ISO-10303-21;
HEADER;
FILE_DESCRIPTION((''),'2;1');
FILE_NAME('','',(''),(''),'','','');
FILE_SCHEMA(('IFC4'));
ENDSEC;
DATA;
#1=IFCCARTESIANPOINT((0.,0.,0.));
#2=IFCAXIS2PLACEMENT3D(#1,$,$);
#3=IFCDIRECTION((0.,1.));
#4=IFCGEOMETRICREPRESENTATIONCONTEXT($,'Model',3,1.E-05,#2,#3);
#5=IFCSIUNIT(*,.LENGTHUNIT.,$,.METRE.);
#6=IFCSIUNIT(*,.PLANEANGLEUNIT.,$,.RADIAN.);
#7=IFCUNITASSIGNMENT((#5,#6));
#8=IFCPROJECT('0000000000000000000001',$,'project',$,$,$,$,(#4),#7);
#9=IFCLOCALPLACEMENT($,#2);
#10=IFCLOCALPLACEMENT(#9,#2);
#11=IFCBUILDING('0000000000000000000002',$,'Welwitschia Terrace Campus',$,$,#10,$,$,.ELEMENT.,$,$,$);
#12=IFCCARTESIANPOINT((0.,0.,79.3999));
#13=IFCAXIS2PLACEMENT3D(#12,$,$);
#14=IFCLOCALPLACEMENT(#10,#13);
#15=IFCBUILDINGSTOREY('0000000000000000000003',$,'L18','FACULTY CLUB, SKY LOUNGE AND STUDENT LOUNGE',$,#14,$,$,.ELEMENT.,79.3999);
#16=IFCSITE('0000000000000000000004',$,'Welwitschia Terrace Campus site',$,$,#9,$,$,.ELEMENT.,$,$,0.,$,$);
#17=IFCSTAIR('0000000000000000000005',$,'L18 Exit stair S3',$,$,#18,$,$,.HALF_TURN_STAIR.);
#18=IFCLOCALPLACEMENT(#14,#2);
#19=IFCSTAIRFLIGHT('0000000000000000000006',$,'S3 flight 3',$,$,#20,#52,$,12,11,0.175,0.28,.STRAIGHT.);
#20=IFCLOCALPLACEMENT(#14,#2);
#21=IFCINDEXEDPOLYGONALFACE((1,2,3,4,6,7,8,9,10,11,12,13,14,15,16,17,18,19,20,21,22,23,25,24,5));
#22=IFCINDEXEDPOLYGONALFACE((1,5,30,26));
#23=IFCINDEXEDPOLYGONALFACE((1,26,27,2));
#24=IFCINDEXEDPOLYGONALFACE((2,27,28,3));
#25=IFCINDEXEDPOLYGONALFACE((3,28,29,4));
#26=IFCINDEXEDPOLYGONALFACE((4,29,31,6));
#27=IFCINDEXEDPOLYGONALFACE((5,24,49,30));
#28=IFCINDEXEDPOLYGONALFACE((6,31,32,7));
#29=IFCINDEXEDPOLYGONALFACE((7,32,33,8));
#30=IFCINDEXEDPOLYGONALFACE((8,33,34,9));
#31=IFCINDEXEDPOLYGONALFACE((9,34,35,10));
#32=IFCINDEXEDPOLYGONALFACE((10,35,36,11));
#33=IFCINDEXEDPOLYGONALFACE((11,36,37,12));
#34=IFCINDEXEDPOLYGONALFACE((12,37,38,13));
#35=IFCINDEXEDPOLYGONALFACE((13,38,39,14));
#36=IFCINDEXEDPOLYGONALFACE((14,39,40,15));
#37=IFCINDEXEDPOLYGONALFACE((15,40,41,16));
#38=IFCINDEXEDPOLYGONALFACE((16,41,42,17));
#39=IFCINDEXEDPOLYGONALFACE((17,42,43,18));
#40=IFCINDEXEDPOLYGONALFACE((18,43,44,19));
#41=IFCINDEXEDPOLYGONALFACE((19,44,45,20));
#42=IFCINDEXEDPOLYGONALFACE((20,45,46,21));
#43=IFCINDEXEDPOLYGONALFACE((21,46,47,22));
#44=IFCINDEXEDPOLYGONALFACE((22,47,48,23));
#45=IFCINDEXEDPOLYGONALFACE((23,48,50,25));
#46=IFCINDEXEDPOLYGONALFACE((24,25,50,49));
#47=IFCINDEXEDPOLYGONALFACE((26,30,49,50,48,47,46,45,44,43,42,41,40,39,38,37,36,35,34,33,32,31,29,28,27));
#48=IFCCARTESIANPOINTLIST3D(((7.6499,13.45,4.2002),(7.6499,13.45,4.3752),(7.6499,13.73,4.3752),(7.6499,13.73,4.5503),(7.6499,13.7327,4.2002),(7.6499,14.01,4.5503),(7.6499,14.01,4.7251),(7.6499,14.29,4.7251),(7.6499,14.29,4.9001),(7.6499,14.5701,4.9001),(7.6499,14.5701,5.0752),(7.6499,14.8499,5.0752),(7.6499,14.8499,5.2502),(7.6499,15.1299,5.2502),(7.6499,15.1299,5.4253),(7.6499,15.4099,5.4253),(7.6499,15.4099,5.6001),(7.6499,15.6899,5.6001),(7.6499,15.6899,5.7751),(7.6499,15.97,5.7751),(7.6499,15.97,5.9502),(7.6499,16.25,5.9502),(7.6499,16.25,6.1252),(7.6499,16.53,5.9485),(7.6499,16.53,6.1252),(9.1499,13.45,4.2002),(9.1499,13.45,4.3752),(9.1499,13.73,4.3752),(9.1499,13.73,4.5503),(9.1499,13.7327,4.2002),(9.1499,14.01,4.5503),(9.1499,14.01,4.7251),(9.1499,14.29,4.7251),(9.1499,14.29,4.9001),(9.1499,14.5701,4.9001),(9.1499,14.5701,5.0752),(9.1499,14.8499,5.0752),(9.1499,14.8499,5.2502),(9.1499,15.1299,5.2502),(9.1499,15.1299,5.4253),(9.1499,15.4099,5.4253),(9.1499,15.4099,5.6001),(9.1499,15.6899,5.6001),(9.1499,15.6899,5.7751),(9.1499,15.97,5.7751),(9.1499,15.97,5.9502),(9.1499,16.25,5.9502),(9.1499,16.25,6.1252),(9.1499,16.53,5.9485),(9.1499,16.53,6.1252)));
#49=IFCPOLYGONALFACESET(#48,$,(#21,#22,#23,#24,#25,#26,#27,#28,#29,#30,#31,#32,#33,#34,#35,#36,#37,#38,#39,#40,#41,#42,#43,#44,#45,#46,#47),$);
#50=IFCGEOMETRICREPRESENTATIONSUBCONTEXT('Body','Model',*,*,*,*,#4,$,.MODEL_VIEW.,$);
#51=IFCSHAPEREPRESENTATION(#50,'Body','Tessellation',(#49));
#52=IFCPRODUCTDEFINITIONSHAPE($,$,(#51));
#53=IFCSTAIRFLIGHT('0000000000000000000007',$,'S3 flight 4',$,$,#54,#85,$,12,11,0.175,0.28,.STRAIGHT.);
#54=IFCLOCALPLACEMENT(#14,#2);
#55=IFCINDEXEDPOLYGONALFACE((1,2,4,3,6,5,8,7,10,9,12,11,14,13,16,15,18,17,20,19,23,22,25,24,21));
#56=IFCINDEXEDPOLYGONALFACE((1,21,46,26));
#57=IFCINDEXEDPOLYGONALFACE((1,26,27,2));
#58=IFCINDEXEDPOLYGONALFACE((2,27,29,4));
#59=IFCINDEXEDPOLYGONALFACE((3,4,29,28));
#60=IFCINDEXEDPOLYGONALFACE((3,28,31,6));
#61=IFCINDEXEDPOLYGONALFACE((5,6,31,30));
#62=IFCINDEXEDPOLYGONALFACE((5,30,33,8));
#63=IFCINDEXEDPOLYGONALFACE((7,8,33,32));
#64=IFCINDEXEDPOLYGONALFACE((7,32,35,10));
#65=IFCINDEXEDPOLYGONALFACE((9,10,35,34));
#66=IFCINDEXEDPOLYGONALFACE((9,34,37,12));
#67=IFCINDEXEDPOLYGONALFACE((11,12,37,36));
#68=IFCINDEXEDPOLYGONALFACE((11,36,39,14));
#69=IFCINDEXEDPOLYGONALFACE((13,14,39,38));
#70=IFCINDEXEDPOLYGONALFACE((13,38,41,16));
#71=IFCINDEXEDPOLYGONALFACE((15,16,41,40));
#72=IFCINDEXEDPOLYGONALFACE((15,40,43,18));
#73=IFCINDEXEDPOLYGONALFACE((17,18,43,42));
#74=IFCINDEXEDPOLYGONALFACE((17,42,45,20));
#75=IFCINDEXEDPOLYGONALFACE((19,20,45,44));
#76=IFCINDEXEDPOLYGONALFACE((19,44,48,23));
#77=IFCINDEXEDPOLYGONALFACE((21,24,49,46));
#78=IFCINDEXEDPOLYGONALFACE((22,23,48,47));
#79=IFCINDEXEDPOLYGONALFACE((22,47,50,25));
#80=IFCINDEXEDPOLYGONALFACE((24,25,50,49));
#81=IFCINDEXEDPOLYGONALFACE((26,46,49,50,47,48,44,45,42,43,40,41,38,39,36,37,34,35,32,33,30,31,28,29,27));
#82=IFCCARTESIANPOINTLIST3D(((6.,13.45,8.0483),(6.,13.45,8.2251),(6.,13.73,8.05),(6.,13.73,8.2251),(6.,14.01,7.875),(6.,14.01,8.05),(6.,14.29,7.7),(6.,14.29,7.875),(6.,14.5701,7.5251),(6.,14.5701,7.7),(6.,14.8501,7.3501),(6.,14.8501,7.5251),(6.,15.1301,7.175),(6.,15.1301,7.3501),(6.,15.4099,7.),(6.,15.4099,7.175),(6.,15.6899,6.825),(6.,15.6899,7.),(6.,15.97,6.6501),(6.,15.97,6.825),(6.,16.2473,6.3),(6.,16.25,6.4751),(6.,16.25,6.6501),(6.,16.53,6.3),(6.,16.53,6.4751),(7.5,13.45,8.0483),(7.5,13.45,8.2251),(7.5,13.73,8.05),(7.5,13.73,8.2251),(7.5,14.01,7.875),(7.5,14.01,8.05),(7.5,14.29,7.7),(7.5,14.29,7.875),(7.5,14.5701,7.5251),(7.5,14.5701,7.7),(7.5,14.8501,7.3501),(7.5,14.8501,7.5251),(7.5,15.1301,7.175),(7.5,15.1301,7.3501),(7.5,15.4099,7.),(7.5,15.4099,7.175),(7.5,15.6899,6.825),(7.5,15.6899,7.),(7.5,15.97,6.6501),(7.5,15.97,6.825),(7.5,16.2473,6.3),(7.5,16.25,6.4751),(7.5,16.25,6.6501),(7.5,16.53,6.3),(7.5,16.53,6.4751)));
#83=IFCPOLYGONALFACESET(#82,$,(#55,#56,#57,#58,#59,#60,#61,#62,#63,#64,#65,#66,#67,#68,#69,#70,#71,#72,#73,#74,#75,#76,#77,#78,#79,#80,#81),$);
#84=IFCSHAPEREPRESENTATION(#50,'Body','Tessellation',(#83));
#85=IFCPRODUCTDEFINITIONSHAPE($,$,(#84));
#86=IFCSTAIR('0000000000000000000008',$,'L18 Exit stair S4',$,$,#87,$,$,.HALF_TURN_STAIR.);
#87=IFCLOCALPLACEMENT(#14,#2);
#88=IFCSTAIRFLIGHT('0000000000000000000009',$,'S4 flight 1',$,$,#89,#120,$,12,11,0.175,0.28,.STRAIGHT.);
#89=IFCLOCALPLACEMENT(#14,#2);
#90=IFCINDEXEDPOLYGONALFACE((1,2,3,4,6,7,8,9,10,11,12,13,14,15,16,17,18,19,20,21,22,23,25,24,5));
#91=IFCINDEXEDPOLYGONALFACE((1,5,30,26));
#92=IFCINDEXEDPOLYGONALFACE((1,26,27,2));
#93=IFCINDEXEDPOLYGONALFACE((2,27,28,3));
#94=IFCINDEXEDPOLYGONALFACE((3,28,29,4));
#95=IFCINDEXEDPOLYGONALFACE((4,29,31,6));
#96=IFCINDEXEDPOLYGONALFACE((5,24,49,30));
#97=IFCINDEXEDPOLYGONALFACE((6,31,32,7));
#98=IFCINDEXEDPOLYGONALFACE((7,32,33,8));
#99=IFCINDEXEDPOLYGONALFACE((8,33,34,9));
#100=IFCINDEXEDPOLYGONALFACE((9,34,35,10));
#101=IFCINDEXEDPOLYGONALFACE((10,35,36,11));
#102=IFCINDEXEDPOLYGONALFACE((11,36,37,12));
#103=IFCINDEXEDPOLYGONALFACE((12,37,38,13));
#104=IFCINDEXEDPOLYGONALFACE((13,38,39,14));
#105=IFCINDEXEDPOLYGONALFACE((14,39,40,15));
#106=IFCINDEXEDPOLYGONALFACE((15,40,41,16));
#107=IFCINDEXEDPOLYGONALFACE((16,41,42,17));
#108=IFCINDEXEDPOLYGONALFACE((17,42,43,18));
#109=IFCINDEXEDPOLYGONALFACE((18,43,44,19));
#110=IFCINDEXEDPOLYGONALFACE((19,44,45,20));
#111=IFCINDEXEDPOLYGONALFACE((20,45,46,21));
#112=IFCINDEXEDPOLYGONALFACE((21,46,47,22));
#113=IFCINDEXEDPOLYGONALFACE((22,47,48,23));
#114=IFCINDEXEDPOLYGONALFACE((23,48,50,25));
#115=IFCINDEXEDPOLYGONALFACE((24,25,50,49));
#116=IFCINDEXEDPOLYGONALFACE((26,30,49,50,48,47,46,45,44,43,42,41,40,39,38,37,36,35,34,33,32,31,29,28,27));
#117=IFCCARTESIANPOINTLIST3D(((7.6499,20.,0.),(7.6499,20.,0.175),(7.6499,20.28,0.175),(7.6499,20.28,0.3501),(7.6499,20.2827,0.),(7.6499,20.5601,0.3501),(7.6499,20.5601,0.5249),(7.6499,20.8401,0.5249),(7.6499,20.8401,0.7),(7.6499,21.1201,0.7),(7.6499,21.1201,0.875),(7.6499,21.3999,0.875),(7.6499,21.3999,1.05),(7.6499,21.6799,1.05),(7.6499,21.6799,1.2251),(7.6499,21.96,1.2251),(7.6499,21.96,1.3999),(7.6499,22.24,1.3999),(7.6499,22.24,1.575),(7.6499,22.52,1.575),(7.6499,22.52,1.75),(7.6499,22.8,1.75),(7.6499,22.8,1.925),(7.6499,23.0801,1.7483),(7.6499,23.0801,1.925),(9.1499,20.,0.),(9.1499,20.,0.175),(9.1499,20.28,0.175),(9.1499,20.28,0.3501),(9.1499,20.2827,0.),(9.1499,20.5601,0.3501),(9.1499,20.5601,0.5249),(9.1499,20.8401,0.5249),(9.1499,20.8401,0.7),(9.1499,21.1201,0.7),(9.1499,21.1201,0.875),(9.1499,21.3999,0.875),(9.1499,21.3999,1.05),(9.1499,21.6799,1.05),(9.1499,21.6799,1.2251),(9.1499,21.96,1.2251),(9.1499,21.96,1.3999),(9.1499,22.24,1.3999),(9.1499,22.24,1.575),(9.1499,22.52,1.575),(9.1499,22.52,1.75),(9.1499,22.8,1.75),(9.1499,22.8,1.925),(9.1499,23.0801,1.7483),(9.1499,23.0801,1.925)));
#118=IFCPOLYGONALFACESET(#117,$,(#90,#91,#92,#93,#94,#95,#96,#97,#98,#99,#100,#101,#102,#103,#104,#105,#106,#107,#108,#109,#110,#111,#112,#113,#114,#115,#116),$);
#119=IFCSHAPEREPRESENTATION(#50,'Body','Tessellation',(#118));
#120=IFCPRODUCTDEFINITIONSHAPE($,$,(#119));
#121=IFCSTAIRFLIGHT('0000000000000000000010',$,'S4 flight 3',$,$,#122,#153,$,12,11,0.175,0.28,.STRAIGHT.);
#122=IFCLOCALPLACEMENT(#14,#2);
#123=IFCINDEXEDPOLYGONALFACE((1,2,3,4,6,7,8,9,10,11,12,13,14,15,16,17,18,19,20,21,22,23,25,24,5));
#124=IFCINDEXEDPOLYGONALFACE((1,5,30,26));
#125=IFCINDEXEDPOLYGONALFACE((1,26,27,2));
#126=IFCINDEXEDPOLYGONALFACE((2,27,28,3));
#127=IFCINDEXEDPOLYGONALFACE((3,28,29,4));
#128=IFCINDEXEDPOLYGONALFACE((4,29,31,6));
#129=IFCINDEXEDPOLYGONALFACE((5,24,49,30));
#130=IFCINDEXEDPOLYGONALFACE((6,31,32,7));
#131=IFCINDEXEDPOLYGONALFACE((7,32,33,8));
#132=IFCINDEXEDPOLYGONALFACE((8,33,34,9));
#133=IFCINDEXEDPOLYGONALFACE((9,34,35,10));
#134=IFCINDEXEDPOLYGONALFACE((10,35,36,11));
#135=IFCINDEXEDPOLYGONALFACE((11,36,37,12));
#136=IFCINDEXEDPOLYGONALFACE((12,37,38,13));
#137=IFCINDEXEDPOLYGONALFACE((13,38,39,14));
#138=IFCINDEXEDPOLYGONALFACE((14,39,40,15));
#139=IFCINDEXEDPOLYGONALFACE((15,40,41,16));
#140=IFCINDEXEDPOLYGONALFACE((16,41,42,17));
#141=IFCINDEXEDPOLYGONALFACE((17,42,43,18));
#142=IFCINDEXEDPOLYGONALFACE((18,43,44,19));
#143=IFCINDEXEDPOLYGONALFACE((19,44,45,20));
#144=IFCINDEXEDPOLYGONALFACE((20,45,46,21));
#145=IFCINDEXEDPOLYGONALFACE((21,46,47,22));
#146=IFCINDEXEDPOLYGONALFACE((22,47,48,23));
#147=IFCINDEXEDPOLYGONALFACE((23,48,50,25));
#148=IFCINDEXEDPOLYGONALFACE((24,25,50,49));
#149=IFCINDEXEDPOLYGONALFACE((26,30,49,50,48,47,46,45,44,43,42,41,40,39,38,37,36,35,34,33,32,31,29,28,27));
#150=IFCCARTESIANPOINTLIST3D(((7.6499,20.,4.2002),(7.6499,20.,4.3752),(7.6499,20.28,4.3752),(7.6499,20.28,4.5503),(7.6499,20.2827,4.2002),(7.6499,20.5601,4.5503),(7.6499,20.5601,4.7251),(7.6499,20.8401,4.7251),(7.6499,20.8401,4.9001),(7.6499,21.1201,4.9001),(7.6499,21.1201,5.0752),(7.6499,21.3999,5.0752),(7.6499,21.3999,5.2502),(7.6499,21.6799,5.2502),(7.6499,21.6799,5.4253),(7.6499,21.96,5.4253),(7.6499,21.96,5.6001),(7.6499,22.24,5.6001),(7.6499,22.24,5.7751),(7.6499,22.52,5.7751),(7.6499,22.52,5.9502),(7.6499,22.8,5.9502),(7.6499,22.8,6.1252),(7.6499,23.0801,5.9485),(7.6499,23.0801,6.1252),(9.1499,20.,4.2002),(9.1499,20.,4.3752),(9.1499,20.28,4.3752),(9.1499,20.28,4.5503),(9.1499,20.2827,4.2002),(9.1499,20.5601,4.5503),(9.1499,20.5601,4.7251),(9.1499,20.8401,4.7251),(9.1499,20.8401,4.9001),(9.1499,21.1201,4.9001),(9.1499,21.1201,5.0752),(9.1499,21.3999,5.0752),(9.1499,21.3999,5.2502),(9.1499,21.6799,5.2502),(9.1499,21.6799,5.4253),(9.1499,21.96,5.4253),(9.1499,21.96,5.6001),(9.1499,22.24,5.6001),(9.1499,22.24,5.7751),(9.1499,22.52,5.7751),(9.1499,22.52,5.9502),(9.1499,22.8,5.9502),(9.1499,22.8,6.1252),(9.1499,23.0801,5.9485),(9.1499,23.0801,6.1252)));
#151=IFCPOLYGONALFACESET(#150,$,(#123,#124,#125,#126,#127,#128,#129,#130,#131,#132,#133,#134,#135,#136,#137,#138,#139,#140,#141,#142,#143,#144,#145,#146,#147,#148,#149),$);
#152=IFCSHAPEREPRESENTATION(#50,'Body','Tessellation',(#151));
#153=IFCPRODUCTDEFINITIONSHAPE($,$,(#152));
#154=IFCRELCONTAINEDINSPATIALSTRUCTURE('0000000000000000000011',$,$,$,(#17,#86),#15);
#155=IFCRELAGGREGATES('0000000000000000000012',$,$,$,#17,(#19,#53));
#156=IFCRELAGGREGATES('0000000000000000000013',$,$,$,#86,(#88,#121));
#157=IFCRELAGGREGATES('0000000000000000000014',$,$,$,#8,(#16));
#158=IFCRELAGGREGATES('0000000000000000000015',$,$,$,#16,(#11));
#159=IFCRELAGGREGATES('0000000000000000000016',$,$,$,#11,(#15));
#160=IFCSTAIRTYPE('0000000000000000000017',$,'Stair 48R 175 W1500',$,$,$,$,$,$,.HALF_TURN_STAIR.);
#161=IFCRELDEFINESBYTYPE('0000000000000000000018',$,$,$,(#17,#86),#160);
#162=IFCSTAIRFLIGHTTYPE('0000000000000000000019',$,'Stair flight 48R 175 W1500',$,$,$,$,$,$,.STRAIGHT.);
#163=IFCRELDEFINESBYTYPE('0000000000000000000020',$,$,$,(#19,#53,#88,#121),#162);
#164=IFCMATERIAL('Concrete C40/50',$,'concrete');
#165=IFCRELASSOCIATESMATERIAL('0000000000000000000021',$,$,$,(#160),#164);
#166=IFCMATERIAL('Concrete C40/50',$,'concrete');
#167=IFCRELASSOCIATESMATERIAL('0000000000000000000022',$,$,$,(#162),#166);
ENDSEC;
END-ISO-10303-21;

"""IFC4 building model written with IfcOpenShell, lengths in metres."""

from ifc_helpers import new_model, si_unit, direction, frame, origin, place, context, subcontext, project, spatial, polyline, outline, extrude, material, type_object, element, aggregate, save


model = new_model("IFC4")

# Units and contexts
model_context = context("Model", 3, precision=1e-05, world=origin(), true_north=direction((0.0, 1.0)))
body_context = subcontext(model_context, "Body", "Model", "MODEL_VIEW")
ifc_project = project(units=[si_unit("LENGTHUNIT", "METRE"), si_unit("PLANEANGLEUNIT", "RADIAN")], contexts=[model_context])

# Site, building, storey
site_placement = place(None, origin())
site = spatial("IfcSite", under=ifc_project, at=site_placement, Name="Welwitschia Terrace Campus site", CompositionType="ELEMENT", RefElevation=0.0)
building_placement = place(site_placement, origin())
building = spatial("IfcBuilding", under=site, at=building_placement, Name="Welwitschia Terrace Campus", CompositionType="ELEMENT")
storey_placement = place(building_placement, frame((0.0, 0.0, 79.3999)))
storey = spatial("IfcBuildingStorey", under=building, at=storey_placement, Name="L18", Description="FACULTY CLUB, SKY LOUNGE AND STUDENT LOUNGE", CompositionType="ELEMENT", Elevation=79.3999)

# Stairs, stair flights
ifc_material_1 = material(Name="Concrete C40/50", Category="concrete")
stair_type = type_object("IfcStairType", Name="Stair 48R 175 W1500", PredefinedType="HALF_TURN_STAIR", material=ifc_material_1)
ifc_material_2 = material(Name="Concrete C40/50", Category="concrete")
stair_flight_type = type_object("IfcStairFlightType", Name="Stair flight 48R 175 W1500", PredefinedType="STRAIGHT", material=ifc_material_2)
stair_1_placement = place(storey_placement, origin())
stair_1 = element("IfcStair", 1, at=stair_1_placement, inside=storey, type_object=stair_type, Name="L18 Exit stair S3", PredefinedType="HALF_TURN_STAIR")
stair_flight_1_placement = place(storey_placement, frame((8.3999, 13.45, 4.2002), z_axis=(0.0, 0.0, 1.0), x_axis=(0.0, 1.0, 0.0)))
stair_flight_1 = element("IfcStairFlight", 2, at=stair_flight_1_placement, type_object=stair_flight_type, Name="S3 flight 3", NumberOfRisers=12, NumberOfTreads=11, PredefinedType="STRAIGHT", RiserHeight=0.175, TreadLength=0.28, context=body_context, shape_type="SweptSolid", body=[
    extrude(outline(polyline([(0.0, 0.0), (0.0, 0.175), (0.28, 0.175), (0.28, 0.3501), (0.5601, 0.3501), (0.5601, 0.5249), (0.8401, 0.5249), (0.8401, 0.7), (1.1201, 0.7), (1.1201, 0.875), (1.3999, 0.875), (1.3999, 1.05), (1.6799, 1.05), (1.6799, 1.2251), (1.96, 1.2251), (1.96, 1.3999), (2.24, 1.3999), (2.24, 1.575), (2.52, 1.575), (2.52, 1.75), (2.8, 1.75), (2.8, 1.925), (3.0801, 1.925), (3.0801, 2.1001), (3.0801, 1.7483), (0.2827, 0.0), (0.0, 0.0)])), frame((0.0, 0.75, 0.0), z_axis=(0.0, -1.0, 0.0), x_axis=(1.0, 0.0, 0.0)), (0.0, 0.0, 1.0), 1.5),
])
stair_flight_2_placement = place(storey_placement, frame((6.75, 16.53, 6.3), z_axis=(0.0, 0.0, 1.0), x_axis=(0.0, -1.0, 0.0)))
stair_flight_2 = element("IfcStairFlight", 3, at=stair_flight_2_placement, type_object=stair_flight_type, Name="S3 flight 4", NumberOfRisers=12, NumberOfTreads=11, PredefinedType="STRAIGHT", RiserHeight=0.175, TreadLength=0.28, context=body_context, shape_type="SweptSolid", body=[
    extrude(outline(polyline([(0.0, 0.0), (0.0, 0.175), (0.28, 0.175), (0.28, 0.3501), (0.5601, 0.3501), (0.5601, 0.5249), (0.8401, 0.5249), (0.8401, 0.7), (1.1201, 0.7), (1.1201, 0.875), (1.3999, 0.875), (1.3999, 1.05), (1.6799, 1.05), (1.6799, 1.2251), (1.96, 1.2251), (1.96, 1.3999), (2.24, 1.3999), (2.24, 1.575), (2.52, 1.575), (2.52, 1.75), (2.8, 1.75), (2.8, 1.925), (3.0801, 1.925), (3.0801, 2.1001), (3.0801, 1.7483), (0.2827, 0.0), (0.0, 0.0)])), frame((0.0, 0.75, 0.0), z_axis=(0.0, -1.0, 0.0), x_axis=(1.0, 0.0, 0.0)), (0.0, 0.0, 1.0), 1.5),
])
aggregate(stair_1, [stair_flight_1, stair_flight_2])
stair_2_placement = place(storey_placement, origin())
stair_2 = element("IfcStair", 4, at=stair_2_placement, inside=storey, type_object=stair_type, Name="L18 Exit stair S4", PredefinedType="HALF_TURN_STAIR")
stair_flight_3_placement = place(storey_placement, frame((8.3999, 20.0, 0.0), z_axis=(0.0, 0.0, 1.0), x_axis=(0.0, 1.0, 0.0)))
stair_flight_3 = element("IfcStairFlight", 5, at=stair_flight_3_placement, type_object=stair_flight_type, Name="S4 flight 1", NumberOfRisers=12, NumberOfTreads=11, PredefinedType="STRAIGHT", RiserHeight=0.175, TreadLength=0.28, context=body_context, shape_type="SweptSolid", body=[
    extrude(outline(polyline([(0.0, 0.0), (0.0, 0.175), (0.28, 0.175), (0.28, 0.3501), (0.5601, 0.3501), (0.5601, 0.5249), (0.8401, 0.5249), (0.8401, 0.7), (1.1201, 0.7), (1.1201, 0.875), (1.3999, 0.875), (1.3999, 1.05), (1.6799, 1.05), (1.6799, 1.2251), (1.96, 1.2251), (1.96, 1.3999), (2.24, 1.3999), (2.24, 1.575), (2.52, 1.575), (2.52, 1.75), (2.8, 1.75), (2.8, 1.925), (3.0801, 1.925), (3.0801, 2.1001), (3.0801, 1.7483), (0.2827, 0.0), (0.0, 0.0)])), frame((0.0, 0.75, 0.0), z_axis=(0.0, -1.0, 0.0), x_axis=(1.0, 0.0, 0.0)), (0.0, 0.0, 1.0), 1.5),
])
stair_flight_4_placement = place(storey_placement, frame((8.3999, 20.0, 4.2002), z_axis=(0.0, 0.0, 1.0), x_axis=(0.0, 1.0, 0.0)))
stair_flight_4 = element("IfcStairFlight", 6, at=stair_flight_4_placement, type_object=stair_flight_type, Name="S4 flight 3", NumberOfRisers=12, NumberOfTreads=11, PredefinedType="STRAIGHT", RiserHeight=0.175, TreadLength=0.28, context=body_context, shape_type="SweptSolid", body=[
    extrude(outline(polyline([(0.0, 0.0), (0.0, 0.175), (0.28, 0.175), (0.28, 0.3501), (0.5601, 0.3501), (0.5601, 0.5249), (0.8401, 0.5249), (0.8401, 0.7), (1.1201, 0.7), (1.1201, 0.875), (1.3999, 0.875), (1.3999, 1.05), (1.6799, 1.05), (1.6799, 1.2251), (1.96, 1.2251), (1.96, 1.3999), (2.24, 1.3999), (2.24, 1.575), (2.52, 1.575), (2.52, 1.75), (2.8, 1.75), (2.8, 1.925), (3.0801, 1.925), (3.0801, 2.1001), (3.0801, 1.7483), (0.2827, 0.0), (0.0, 0.0)])), frame((0.0, 0.75, 0.0), z_axis=(0.0, -1.0, 0.0), x_axis=(1.0, 0.0, 0.0)), (0.0, 0.0, 1.0), 1.5),
])
aggregate(stair_2, [stair_flight_3, stair_flight_4])

save(model, "model.ifc")
